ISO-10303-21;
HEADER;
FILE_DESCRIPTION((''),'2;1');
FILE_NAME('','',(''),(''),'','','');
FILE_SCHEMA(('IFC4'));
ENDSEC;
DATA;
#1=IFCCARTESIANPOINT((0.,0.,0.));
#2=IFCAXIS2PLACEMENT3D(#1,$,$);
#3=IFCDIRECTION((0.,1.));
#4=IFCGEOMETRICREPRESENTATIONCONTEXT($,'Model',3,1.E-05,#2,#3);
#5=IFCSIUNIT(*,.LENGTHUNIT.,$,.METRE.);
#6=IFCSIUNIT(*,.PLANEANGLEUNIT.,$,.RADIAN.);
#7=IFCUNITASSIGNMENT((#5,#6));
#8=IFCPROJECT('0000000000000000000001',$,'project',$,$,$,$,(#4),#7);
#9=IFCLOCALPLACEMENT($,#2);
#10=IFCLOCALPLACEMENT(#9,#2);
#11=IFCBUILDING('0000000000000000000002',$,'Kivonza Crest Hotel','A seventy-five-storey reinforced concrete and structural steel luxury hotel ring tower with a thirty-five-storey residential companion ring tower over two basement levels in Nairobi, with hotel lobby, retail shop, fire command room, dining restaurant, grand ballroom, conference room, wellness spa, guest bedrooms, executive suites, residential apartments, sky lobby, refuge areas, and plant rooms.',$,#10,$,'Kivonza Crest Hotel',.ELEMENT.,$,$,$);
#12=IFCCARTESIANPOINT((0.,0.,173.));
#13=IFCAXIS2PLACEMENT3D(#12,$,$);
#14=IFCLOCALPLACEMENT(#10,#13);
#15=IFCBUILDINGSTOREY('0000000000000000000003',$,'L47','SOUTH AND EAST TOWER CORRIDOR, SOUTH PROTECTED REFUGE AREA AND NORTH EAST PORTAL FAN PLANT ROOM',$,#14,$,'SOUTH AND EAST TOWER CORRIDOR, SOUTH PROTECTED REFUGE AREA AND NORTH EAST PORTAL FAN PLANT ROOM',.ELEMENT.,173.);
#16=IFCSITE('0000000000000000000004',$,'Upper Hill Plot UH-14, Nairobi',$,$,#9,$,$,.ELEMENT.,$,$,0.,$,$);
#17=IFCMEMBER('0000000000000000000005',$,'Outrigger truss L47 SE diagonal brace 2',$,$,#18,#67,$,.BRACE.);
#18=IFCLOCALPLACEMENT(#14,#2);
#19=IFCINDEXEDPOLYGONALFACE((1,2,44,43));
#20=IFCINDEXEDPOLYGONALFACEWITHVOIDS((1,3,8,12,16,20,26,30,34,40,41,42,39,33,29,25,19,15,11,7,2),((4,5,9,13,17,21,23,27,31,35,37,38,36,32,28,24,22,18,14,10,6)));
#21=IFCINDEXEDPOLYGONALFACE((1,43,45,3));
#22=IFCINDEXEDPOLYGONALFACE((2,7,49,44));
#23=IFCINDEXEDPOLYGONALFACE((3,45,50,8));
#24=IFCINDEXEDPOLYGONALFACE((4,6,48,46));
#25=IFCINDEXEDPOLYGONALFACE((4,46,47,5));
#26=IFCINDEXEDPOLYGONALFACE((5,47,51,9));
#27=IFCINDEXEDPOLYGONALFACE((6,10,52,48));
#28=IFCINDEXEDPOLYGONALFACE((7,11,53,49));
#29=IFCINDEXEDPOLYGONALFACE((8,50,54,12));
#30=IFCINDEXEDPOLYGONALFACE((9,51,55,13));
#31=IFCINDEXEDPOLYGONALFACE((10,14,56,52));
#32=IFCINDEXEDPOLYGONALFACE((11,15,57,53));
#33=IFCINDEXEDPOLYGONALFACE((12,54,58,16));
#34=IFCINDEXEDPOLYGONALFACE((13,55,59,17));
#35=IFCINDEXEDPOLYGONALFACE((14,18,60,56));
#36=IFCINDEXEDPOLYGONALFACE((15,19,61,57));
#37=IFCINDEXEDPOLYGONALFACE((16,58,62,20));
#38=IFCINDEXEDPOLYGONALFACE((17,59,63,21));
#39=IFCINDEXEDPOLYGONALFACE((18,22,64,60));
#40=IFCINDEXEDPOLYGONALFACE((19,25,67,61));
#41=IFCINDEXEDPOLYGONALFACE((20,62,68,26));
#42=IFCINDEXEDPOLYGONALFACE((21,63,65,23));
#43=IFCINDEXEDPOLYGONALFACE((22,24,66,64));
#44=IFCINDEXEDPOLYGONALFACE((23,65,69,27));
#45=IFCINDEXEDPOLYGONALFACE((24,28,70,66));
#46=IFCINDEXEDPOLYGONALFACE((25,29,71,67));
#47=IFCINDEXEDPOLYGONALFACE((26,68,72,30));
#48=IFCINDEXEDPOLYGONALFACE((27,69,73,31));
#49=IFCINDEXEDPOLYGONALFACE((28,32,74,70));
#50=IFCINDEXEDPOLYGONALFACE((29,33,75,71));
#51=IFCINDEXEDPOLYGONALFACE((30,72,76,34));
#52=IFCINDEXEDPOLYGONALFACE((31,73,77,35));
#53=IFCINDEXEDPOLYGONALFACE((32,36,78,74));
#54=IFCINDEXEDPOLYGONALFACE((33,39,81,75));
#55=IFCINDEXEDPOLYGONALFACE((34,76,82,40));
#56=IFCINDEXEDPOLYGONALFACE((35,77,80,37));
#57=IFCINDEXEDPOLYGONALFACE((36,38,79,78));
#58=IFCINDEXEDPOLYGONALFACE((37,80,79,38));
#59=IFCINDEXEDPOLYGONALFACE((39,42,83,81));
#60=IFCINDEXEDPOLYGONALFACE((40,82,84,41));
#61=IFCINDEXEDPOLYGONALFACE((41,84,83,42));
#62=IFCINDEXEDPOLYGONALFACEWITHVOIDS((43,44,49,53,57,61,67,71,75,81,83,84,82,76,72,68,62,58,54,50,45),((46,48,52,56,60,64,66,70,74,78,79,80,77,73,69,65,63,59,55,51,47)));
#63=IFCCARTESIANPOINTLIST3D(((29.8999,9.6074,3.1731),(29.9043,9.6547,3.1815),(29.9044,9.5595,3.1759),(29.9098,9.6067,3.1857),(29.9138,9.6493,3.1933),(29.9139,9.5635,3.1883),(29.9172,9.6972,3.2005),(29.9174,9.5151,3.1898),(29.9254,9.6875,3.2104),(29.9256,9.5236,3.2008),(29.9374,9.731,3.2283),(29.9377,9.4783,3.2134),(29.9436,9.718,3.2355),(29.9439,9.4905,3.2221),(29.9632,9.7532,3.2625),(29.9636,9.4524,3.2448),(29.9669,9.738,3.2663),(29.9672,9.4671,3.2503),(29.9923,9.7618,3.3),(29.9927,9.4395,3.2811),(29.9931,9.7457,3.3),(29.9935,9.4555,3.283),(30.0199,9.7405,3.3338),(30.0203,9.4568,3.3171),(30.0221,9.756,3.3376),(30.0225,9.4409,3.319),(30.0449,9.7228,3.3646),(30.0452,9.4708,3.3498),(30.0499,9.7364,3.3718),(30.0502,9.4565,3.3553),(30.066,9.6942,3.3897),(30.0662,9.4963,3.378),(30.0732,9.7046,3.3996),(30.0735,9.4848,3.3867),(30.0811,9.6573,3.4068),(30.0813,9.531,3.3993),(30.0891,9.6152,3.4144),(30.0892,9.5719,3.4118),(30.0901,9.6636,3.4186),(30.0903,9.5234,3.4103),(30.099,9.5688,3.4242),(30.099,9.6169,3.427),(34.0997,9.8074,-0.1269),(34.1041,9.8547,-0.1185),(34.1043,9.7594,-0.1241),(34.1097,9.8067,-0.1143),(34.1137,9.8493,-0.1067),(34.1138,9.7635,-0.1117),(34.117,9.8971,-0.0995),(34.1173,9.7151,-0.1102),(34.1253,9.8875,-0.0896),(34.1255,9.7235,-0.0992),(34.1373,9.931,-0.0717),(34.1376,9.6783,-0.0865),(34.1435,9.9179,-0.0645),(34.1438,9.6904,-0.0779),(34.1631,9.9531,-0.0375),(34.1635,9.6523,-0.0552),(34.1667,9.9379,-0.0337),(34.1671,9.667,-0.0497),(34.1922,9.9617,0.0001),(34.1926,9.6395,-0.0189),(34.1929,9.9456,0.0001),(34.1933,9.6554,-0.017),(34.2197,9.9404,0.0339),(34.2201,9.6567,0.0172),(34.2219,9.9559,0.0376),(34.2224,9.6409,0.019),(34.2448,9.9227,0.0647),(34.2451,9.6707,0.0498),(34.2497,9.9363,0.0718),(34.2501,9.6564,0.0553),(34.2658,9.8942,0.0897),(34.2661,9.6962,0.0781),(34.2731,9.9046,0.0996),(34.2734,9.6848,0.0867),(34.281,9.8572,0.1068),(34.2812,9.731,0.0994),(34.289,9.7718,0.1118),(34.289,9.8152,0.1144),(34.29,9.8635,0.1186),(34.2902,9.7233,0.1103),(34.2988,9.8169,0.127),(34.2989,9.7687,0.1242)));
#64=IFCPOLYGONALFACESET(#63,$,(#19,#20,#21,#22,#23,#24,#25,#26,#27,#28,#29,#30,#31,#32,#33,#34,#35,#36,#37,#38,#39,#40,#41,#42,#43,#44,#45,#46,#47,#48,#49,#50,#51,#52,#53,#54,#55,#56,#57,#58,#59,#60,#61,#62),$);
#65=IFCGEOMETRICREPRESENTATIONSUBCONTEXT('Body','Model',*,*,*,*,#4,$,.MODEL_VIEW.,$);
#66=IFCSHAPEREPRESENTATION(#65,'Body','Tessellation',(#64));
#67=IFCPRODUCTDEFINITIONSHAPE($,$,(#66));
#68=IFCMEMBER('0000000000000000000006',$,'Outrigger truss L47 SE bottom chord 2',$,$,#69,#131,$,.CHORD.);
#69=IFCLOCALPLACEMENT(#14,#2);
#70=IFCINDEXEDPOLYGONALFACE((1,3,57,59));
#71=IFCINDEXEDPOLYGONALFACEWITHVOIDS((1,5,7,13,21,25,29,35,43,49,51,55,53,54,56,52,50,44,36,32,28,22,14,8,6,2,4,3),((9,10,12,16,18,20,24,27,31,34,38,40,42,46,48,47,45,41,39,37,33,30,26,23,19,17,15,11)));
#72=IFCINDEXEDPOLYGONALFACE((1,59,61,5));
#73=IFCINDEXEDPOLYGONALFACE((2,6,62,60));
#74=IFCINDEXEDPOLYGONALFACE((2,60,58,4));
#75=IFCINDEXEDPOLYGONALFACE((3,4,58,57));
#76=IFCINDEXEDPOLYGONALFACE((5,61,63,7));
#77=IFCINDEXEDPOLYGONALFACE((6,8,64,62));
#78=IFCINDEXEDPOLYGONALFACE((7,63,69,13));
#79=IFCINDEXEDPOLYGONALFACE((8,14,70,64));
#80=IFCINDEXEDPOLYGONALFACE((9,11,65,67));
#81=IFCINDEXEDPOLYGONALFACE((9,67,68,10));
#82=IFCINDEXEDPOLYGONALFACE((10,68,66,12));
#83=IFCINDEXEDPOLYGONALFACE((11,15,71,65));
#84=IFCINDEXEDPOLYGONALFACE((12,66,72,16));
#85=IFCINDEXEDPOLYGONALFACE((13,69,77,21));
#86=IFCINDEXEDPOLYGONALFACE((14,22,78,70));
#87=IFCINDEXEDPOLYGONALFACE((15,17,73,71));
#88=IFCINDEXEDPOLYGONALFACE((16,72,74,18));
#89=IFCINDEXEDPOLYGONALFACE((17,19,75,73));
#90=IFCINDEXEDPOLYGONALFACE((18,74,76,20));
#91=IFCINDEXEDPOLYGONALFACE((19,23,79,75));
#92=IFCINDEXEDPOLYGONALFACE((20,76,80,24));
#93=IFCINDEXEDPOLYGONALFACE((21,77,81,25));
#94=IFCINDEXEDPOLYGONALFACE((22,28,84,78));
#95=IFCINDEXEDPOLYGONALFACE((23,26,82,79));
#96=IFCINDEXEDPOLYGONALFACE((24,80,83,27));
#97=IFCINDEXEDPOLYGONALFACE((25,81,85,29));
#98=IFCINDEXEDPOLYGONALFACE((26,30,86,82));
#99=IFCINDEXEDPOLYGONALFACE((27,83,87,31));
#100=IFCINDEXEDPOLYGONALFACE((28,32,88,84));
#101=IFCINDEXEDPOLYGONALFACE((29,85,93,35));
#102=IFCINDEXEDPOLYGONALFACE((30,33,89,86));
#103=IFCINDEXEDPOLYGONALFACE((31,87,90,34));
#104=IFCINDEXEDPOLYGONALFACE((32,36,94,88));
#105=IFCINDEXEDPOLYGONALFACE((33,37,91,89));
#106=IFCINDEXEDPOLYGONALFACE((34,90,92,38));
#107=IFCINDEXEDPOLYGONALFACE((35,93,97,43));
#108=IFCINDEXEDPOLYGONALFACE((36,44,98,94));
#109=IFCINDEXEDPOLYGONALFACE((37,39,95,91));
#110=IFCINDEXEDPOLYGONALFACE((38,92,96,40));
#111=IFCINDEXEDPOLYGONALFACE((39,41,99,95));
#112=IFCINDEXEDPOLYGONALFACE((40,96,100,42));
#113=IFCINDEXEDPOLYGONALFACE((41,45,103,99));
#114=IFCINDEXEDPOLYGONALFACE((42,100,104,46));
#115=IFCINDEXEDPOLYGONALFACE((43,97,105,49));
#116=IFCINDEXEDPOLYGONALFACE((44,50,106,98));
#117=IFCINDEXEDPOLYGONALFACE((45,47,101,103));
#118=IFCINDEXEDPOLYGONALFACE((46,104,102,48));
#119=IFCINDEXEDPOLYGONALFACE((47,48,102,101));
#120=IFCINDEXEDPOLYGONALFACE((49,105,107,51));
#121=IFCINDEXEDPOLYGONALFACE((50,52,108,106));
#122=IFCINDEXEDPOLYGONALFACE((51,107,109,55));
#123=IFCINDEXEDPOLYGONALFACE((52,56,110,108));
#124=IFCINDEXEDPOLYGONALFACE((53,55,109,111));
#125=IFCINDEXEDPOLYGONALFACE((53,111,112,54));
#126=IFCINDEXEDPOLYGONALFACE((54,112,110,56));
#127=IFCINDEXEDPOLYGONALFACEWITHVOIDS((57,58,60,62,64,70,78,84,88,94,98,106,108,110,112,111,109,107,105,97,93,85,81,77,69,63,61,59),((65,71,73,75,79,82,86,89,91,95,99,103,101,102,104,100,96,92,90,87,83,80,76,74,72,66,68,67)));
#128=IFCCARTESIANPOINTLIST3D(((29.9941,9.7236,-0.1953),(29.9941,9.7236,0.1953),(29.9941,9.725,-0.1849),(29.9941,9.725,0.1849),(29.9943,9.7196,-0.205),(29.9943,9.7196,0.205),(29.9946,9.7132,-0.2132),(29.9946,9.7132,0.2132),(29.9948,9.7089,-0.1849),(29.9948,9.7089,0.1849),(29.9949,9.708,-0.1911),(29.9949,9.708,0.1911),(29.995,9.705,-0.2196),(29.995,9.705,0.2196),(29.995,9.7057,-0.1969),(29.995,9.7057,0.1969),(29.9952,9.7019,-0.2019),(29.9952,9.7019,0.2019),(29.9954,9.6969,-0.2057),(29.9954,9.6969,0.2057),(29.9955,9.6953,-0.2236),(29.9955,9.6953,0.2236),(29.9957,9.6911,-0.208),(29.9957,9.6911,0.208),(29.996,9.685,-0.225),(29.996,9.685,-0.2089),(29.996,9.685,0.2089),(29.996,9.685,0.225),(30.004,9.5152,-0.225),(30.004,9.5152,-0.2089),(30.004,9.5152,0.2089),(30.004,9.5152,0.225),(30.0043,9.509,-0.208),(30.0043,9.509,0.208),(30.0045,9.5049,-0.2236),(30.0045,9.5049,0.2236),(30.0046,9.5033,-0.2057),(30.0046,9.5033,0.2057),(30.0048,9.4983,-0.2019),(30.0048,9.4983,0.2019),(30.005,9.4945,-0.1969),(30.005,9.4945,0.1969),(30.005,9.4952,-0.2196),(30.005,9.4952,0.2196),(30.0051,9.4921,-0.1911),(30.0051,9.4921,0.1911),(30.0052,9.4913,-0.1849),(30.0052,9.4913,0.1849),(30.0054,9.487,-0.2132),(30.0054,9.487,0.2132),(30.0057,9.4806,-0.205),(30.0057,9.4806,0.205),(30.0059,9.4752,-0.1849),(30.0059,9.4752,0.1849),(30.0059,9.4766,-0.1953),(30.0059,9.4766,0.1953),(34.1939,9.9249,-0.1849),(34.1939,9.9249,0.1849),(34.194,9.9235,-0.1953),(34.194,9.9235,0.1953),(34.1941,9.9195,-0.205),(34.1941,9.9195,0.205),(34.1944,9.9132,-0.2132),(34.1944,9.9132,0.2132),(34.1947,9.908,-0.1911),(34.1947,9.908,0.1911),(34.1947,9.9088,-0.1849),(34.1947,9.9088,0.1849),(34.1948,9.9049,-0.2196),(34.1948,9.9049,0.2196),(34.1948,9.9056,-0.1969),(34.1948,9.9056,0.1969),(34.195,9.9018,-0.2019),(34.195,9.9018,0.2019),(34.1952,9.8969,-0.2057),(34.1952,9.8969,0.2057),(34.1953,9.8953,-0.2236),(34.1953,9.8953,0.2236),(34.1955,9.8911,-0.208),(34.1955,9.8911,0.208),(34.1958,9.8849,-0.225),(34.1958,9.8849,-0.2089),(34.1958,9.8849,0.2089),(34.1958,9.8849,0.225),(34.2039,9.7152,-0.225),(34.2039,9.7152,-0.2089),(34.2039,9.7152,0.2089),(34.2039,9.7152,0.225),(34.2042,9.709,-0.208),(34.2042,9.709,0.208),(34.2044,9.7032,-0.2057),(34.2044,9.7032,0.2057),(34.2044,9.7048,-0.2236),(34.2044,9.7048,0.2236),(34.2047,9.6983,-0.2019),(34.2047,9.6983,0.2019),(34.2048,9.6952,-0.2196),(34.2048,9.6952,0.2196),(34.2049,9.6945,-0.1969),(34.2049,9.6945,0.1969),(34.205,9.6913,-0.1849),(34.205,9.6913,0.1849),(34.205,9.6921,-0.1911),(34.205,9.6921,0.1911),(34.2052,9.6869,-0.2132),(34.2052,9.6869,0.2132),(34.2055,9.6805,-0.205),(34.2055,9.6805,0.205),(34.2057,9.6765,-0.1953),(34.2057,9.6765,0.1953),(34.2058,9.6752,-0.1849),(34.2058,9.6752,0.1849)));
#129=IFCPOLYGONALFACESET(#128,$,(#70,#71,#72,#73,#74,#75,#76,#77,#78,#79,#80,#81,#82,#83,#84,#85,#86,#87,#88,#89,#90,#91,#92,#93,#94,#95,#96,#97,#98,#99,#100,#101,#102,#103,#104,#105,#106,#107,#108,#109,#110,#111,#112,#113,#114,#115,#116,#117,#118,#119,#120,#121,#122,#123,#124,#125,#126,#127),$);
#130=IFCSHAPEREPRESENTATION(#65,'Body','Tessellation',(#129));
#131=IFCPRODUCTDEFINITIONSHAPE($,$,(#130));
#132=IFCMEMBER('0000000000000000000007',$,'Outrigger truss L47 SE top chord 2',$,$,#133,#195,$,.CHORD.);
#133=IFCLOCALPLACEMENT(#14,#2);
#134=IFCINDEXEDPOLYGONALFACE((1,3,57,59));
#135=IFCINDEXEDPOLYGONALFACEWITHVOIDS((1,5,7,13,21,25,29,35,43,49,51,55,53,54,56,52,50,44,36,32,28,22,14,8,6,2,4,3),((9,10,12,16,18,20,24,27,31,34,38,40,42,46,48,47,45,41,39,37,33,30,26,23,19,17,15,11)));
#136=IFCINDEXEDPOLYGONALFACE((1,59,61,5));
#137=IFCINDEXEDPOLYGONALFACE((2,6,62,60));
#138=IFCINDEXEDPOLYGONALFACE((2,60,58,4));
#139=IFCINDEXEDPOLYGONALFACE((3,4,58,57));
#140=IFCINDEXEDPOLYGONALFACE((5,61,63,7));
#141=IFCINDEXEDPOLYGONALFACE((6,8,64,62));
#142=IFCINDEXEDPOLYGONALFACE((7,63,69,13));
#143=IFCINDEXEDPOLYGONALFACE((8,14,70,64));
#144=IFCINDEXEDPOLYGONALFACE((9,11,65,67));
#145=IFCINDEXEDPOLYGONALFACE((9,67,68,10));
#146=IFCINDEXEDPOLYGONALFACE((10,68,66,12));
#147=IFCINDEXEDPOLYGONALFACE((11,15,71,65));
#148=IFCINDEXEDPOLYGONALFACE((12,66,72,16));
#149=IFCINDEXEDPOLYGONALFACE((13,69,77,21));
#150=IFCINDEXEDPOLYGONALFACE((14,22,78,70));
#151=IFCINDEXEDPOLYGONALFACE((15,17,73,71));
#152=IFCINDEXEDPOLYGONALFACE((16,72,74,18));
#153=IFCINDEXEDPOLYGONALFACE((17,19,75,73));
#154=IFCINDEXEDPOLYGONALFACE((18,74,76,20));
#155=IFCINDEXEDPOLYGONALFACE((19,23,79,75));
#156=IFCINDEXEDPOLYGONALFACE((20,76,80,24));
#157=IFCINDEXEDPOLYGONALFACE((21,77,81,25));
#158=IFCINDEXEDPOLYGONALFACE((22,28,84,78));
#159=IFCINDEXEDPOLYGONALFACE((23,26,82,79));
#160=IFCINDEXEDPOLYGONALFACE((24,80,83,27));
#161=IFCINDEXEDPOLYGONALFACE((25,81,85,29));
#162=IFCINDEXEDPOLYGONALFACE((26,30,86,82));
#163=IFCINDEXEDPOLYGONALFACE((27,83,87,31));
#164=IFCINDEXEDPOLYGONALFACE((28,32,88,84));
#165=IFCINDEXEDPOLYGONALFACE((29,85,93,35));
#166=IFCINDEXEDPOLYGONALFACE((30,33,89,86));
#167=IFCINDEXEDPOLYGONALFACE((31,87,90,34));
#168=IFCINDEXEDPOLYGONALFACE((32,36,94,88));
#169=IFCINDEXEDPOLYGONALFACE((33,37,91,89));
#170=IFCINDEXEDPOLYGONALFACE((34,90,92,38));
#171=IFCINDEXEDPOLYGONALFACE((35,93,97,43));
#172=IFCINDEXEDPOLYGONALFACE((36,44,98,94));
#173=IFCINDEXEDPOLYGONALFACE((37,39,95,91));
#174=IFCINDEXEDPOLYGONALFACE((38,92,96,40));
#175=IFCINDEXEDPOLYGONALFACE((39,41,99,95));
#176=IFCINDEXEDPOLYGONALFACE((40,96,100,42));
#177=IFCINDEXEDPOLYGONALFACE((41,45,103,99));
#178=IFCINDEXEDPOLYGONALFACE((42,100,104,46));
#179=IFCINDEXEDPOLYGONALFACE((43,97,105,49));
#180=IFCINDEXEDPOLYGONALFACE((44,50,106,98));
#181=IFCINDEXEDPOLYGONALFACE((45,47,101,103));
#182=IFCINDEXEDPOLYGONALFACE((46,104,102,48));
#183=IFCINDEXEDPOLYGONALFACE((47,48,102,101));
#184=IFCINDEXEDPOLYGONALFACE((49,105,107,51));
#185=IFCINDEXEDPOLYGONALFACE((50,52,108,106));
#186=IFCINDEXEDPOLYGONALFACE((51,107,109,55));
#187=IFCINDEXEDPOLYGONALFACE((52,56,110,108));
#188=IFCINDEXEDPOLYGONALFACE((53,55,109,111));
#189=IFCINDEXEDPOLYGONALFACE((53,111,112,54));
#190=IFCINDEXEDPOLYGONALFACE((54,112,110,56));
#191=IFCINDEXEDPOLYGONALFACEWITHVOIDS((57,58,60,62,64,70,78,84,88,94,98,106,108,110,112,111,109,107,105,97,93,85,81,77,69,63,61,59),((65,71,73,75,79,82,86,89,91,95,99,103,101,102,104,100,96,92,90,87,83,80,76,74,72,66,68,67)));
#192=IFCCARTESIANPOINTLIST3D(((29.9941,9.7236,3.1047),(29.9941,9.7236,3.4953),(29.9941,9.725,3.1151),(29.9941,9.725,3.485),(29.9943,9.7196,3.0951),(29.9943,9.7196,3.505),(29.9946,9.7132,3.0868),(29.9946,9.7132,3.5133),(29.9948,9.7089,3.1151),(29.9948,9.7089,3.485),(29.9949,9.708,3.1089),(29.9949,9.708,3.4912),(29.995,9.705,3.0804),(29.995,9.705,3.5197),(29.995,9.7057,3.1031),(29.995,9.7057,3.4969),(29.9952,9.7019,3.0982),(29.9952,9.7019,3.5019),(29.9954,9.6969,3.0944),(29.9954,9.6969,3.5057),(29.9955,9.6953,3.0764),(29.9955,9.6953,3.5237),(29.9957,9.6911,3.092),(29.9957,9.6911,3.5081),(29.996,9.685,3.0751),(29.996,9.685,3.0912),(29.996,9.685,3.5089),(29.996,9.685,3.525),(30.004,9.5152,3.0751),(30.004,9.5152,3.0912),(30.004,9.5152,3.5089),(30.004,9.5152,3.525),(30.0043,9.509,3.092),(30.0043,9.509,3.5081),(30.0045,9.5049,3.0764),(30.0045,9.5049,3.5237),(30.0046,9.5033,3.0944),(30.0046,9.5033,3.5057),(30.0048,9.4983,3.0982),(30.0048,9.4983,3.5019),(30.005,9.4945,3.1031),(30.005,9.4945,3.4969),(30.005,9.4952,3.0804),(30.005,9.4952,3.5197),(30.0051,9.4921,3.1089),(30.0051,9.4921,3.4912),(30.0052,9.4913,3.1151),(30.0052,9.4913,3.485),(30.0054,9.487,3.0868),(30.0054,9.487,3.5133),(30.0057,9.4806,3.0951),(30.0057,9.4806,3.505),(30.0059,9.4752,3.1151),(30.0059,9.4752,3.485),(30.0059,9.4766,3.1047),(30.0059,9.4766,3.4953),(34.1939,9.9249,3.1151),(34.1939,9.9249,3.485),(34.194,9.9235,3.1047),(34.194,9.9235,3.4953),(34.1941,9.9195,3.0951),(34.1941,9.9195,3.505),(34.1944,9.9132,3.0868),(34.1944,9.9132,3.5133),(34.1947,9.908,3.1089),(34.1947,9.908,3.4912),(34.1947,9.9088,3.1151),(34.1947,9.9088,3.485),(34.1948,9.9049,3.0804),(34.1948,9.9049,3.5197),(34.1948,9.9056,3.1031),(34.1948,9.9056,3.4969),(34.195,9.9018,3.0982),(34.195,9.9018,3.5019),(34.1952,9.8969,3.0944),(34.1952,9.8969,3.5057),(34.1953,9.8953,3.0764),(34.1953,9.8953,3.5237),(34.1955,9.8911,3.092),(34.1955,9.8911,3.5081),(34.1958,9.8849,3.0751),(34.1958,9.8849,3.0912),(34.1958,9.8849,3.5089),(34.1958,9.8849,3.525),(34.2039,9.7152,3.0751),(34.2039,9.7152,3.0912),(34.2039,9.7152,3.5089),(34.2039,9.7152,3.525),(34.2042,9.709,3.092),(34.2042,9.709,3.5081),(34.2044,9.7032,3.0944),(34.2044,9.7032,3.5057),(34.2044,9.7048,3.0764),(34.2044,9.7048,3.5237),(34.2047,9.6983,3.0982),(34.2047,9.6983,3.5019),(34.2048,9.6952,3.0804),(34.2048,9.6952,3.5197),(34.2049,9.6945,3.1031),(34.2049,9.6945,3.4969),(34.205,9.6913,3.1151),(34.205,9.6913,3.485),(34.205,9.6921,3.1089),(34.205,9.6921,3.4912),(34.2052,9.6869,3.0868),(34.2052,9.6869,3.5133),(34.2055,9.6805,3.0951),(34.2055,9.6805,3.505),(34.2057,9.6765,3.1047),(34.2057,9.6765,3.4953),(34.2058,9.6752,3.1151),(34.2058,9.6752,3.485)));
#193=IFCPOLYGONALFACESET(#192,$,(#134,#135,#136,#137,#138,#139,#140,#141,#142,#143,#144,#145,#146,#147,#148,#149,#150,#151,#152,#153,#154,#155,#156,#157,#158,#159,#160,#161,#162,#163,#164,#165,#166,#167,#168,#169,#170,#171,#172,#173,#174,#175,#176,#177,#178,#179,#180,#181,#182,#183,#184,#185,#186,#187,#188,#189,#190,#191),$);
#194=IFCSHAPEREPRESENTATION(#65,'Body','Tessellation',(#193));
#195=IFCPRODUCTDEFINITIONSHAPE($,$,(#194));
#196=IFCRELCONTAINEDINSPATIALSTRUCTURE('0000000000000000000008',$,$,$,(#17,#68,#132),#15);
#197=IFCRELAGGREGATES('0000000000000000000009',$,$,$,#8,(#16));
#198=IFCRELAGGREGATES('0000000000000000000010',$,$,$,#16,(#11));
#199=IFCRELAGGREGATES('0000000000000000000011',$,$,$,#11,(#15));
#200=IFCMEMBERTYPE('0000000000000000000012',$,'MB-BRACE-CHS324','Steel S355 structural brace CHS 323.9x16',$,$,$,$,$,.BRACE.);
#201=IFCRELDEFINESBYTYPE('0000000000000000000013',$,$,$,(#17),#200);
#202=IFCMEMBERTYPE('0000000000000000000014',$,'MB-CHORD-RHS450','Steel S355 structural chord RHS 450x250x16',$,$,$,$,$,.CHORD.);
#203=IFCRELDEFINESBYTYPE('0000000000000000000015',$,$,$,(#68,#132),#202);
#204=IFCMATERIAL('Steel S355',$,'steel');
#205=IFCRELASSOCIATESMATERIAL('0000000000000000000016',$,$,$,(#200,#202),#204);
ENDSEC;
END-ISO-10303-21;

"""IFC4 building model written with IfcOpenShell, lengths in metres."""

from ifc_helpers import new_model, si_unit, direction, frame, origin, origin_2d, place, context, subcontext, project, spatial, hollow_rectangle, hollow_circle, extrude, material, material_profile, profile_set, type_object, element, save


model = new_model("IFC4")

# Units and contexts
model_context = context("Model", 3, precision=1e-05, world=origin(), true_north=direction((0.0, 1.0)))
body_context = subcontext(model_context, "Body", "Model", "MODEL_VIEW")
ifc_project = project(units=[si_unit("LENGTHUNIT", "METRE"), si_unit("PLANEANGLEUNIT", "RADIAN")], contexts=[model_context])

# Site, building, storey
site_placement = place(None, origin())
site = spatial("IfcSite", under=ifc_project, at=site_placement, Name="Upper Hill Plot UH-14, Nairobi", CompositionType="ELEMENT", RefElevation=0.0)
building_placement = place(site_placement, origin())
building = spatial("IfcBuilding", under=site, at=building_placement, Name="Kivonza Crest Hotel", Description="A seventy-five-storey reinforced concrete and structural steel luxury hotel ring tower with a thirty-five-storey residential companion ring tower over two basement levels in Nairobi, with hotel lobby, retail shop, fire command room, dining restaurant, grand ballroom, conference room, wellness spa, guest bedrooms, executive suites, residential apartments, sky lobby, refuge areas, and plant rooms.", LongName="Kivonza Crest Hotel", CompositionType="ELEMENT")
storey_placement = place(building_placement, frame((0.0, 0.0, 173.0)))
storey = spatial("IfcBuildingStorey", under=building, at=storey_placement, Name="L47", Description="SOUTH AND EAST TOWER CORRIDOR, SOUTH PROTECTED REFUGE AREA AND NORTH EAST PORTAL FAN PLANT ROOM", LongName="SOUTH AND EAST TOWER CORRIDOR, SOUTH PROTECTED REFUGE AREA AND NORTH EAST PORTAL FAN PLANT ROOM", CompositionType="ELEMENT", Elevation=173.0)

# Shared definitions
ifc_material_1 = material(Name="Steel S355", Category="steel")

# Members
ifc_material_profile_1 = material_profile(ifc_material_1, hollow_circle(Radius=0.1619, WallThickness=0.0161, at=origin_2d()), Name="CHS 323.9x16")
ifc_profile_set_1 = profile_set([ifc_material_profile_1], Name="Steel S355")
member_type_1 = type_object("IfcMemberType", Name="MB-BRACE-CHS324", Description="Steel S355 structural brace CHS 323.9x16", PredefinedType="BRACE", material=ifc_profile_set_1)
member_placement = place(storey_placement, frame((30.0, 9.6001, 3.3), z_axis=(0.78576, 0.037408, -0.617399), x_axis=(-0.047554, 0.998869, 0.0)))
element("IfcMember", 1, at=member_placement, inside=storey, type_object=member_type_1, Name="Outrigger truss L47 SE diagonal brace 2", PredefinedType="BRACE", context=body_context, shape_type="SweptSolid", body=[
    extrude(hollow_circle(Radius=0.1619, WallThickness=0.0161, at=origin_2d()), origin(), (0.0, 0.0, 1.0), 5.345),
])
ifc_material_profile_2 = material_profile(ifc_material_1, hollow_rectangle(XDim=0.25, YDim=0.45, WallThickness=0.0161, InnerFilletRadius=0.0239, OuterFilletRadius=0.04, at=origin_2d()), Name="RHS 450x250x16")
ifc_profile_set_2 = profile_set([ifc_material_profile_2], Name="Steel S355")
member_type_2 = type_object("IfcMemberType", Name="MB-CHORD-RHS450", Description="Steel S355 structural chord RHS 450x250x16", PredefinedType="CHORD", material=ifc_profile_set_2)
for number, where, z_axis, x_axis, name in (
    (2, (30.0, 9.6001, 0.0), (0.998869, 0.047554, 0.0), (-0.047554, 0.998869, 0.0), "Outrigger truss L47 SE bottom chord 2"),
    (3, (30.0, 9.6001, 3.3), (0.998869, 0.047554, 0.0), (-0.047554, 0.998869, 0.0), "Outrigger truss L47 SE top chord 2"),
):
    element("IfcMember", number, at=place(storey_placement, frame(where, z_axis=z_axis, x_axis=x_axis)), inside=storey, type_object=member_type_2, Name=name, PredefinedType="CHORD", context=body_context, shape_type="SweptSolid", body=[
        extrude(hollow_rectangle(XDim=0.25, YDim=0.45, WallThickness=0.0161, InnerFilletRadius=0.0239, OuterFilletRadius=0.04, at=origin_2d()), origin(), (0.0, 0.0, 1.0), 4.2046),
    ])

save(model, "model.ifc")
